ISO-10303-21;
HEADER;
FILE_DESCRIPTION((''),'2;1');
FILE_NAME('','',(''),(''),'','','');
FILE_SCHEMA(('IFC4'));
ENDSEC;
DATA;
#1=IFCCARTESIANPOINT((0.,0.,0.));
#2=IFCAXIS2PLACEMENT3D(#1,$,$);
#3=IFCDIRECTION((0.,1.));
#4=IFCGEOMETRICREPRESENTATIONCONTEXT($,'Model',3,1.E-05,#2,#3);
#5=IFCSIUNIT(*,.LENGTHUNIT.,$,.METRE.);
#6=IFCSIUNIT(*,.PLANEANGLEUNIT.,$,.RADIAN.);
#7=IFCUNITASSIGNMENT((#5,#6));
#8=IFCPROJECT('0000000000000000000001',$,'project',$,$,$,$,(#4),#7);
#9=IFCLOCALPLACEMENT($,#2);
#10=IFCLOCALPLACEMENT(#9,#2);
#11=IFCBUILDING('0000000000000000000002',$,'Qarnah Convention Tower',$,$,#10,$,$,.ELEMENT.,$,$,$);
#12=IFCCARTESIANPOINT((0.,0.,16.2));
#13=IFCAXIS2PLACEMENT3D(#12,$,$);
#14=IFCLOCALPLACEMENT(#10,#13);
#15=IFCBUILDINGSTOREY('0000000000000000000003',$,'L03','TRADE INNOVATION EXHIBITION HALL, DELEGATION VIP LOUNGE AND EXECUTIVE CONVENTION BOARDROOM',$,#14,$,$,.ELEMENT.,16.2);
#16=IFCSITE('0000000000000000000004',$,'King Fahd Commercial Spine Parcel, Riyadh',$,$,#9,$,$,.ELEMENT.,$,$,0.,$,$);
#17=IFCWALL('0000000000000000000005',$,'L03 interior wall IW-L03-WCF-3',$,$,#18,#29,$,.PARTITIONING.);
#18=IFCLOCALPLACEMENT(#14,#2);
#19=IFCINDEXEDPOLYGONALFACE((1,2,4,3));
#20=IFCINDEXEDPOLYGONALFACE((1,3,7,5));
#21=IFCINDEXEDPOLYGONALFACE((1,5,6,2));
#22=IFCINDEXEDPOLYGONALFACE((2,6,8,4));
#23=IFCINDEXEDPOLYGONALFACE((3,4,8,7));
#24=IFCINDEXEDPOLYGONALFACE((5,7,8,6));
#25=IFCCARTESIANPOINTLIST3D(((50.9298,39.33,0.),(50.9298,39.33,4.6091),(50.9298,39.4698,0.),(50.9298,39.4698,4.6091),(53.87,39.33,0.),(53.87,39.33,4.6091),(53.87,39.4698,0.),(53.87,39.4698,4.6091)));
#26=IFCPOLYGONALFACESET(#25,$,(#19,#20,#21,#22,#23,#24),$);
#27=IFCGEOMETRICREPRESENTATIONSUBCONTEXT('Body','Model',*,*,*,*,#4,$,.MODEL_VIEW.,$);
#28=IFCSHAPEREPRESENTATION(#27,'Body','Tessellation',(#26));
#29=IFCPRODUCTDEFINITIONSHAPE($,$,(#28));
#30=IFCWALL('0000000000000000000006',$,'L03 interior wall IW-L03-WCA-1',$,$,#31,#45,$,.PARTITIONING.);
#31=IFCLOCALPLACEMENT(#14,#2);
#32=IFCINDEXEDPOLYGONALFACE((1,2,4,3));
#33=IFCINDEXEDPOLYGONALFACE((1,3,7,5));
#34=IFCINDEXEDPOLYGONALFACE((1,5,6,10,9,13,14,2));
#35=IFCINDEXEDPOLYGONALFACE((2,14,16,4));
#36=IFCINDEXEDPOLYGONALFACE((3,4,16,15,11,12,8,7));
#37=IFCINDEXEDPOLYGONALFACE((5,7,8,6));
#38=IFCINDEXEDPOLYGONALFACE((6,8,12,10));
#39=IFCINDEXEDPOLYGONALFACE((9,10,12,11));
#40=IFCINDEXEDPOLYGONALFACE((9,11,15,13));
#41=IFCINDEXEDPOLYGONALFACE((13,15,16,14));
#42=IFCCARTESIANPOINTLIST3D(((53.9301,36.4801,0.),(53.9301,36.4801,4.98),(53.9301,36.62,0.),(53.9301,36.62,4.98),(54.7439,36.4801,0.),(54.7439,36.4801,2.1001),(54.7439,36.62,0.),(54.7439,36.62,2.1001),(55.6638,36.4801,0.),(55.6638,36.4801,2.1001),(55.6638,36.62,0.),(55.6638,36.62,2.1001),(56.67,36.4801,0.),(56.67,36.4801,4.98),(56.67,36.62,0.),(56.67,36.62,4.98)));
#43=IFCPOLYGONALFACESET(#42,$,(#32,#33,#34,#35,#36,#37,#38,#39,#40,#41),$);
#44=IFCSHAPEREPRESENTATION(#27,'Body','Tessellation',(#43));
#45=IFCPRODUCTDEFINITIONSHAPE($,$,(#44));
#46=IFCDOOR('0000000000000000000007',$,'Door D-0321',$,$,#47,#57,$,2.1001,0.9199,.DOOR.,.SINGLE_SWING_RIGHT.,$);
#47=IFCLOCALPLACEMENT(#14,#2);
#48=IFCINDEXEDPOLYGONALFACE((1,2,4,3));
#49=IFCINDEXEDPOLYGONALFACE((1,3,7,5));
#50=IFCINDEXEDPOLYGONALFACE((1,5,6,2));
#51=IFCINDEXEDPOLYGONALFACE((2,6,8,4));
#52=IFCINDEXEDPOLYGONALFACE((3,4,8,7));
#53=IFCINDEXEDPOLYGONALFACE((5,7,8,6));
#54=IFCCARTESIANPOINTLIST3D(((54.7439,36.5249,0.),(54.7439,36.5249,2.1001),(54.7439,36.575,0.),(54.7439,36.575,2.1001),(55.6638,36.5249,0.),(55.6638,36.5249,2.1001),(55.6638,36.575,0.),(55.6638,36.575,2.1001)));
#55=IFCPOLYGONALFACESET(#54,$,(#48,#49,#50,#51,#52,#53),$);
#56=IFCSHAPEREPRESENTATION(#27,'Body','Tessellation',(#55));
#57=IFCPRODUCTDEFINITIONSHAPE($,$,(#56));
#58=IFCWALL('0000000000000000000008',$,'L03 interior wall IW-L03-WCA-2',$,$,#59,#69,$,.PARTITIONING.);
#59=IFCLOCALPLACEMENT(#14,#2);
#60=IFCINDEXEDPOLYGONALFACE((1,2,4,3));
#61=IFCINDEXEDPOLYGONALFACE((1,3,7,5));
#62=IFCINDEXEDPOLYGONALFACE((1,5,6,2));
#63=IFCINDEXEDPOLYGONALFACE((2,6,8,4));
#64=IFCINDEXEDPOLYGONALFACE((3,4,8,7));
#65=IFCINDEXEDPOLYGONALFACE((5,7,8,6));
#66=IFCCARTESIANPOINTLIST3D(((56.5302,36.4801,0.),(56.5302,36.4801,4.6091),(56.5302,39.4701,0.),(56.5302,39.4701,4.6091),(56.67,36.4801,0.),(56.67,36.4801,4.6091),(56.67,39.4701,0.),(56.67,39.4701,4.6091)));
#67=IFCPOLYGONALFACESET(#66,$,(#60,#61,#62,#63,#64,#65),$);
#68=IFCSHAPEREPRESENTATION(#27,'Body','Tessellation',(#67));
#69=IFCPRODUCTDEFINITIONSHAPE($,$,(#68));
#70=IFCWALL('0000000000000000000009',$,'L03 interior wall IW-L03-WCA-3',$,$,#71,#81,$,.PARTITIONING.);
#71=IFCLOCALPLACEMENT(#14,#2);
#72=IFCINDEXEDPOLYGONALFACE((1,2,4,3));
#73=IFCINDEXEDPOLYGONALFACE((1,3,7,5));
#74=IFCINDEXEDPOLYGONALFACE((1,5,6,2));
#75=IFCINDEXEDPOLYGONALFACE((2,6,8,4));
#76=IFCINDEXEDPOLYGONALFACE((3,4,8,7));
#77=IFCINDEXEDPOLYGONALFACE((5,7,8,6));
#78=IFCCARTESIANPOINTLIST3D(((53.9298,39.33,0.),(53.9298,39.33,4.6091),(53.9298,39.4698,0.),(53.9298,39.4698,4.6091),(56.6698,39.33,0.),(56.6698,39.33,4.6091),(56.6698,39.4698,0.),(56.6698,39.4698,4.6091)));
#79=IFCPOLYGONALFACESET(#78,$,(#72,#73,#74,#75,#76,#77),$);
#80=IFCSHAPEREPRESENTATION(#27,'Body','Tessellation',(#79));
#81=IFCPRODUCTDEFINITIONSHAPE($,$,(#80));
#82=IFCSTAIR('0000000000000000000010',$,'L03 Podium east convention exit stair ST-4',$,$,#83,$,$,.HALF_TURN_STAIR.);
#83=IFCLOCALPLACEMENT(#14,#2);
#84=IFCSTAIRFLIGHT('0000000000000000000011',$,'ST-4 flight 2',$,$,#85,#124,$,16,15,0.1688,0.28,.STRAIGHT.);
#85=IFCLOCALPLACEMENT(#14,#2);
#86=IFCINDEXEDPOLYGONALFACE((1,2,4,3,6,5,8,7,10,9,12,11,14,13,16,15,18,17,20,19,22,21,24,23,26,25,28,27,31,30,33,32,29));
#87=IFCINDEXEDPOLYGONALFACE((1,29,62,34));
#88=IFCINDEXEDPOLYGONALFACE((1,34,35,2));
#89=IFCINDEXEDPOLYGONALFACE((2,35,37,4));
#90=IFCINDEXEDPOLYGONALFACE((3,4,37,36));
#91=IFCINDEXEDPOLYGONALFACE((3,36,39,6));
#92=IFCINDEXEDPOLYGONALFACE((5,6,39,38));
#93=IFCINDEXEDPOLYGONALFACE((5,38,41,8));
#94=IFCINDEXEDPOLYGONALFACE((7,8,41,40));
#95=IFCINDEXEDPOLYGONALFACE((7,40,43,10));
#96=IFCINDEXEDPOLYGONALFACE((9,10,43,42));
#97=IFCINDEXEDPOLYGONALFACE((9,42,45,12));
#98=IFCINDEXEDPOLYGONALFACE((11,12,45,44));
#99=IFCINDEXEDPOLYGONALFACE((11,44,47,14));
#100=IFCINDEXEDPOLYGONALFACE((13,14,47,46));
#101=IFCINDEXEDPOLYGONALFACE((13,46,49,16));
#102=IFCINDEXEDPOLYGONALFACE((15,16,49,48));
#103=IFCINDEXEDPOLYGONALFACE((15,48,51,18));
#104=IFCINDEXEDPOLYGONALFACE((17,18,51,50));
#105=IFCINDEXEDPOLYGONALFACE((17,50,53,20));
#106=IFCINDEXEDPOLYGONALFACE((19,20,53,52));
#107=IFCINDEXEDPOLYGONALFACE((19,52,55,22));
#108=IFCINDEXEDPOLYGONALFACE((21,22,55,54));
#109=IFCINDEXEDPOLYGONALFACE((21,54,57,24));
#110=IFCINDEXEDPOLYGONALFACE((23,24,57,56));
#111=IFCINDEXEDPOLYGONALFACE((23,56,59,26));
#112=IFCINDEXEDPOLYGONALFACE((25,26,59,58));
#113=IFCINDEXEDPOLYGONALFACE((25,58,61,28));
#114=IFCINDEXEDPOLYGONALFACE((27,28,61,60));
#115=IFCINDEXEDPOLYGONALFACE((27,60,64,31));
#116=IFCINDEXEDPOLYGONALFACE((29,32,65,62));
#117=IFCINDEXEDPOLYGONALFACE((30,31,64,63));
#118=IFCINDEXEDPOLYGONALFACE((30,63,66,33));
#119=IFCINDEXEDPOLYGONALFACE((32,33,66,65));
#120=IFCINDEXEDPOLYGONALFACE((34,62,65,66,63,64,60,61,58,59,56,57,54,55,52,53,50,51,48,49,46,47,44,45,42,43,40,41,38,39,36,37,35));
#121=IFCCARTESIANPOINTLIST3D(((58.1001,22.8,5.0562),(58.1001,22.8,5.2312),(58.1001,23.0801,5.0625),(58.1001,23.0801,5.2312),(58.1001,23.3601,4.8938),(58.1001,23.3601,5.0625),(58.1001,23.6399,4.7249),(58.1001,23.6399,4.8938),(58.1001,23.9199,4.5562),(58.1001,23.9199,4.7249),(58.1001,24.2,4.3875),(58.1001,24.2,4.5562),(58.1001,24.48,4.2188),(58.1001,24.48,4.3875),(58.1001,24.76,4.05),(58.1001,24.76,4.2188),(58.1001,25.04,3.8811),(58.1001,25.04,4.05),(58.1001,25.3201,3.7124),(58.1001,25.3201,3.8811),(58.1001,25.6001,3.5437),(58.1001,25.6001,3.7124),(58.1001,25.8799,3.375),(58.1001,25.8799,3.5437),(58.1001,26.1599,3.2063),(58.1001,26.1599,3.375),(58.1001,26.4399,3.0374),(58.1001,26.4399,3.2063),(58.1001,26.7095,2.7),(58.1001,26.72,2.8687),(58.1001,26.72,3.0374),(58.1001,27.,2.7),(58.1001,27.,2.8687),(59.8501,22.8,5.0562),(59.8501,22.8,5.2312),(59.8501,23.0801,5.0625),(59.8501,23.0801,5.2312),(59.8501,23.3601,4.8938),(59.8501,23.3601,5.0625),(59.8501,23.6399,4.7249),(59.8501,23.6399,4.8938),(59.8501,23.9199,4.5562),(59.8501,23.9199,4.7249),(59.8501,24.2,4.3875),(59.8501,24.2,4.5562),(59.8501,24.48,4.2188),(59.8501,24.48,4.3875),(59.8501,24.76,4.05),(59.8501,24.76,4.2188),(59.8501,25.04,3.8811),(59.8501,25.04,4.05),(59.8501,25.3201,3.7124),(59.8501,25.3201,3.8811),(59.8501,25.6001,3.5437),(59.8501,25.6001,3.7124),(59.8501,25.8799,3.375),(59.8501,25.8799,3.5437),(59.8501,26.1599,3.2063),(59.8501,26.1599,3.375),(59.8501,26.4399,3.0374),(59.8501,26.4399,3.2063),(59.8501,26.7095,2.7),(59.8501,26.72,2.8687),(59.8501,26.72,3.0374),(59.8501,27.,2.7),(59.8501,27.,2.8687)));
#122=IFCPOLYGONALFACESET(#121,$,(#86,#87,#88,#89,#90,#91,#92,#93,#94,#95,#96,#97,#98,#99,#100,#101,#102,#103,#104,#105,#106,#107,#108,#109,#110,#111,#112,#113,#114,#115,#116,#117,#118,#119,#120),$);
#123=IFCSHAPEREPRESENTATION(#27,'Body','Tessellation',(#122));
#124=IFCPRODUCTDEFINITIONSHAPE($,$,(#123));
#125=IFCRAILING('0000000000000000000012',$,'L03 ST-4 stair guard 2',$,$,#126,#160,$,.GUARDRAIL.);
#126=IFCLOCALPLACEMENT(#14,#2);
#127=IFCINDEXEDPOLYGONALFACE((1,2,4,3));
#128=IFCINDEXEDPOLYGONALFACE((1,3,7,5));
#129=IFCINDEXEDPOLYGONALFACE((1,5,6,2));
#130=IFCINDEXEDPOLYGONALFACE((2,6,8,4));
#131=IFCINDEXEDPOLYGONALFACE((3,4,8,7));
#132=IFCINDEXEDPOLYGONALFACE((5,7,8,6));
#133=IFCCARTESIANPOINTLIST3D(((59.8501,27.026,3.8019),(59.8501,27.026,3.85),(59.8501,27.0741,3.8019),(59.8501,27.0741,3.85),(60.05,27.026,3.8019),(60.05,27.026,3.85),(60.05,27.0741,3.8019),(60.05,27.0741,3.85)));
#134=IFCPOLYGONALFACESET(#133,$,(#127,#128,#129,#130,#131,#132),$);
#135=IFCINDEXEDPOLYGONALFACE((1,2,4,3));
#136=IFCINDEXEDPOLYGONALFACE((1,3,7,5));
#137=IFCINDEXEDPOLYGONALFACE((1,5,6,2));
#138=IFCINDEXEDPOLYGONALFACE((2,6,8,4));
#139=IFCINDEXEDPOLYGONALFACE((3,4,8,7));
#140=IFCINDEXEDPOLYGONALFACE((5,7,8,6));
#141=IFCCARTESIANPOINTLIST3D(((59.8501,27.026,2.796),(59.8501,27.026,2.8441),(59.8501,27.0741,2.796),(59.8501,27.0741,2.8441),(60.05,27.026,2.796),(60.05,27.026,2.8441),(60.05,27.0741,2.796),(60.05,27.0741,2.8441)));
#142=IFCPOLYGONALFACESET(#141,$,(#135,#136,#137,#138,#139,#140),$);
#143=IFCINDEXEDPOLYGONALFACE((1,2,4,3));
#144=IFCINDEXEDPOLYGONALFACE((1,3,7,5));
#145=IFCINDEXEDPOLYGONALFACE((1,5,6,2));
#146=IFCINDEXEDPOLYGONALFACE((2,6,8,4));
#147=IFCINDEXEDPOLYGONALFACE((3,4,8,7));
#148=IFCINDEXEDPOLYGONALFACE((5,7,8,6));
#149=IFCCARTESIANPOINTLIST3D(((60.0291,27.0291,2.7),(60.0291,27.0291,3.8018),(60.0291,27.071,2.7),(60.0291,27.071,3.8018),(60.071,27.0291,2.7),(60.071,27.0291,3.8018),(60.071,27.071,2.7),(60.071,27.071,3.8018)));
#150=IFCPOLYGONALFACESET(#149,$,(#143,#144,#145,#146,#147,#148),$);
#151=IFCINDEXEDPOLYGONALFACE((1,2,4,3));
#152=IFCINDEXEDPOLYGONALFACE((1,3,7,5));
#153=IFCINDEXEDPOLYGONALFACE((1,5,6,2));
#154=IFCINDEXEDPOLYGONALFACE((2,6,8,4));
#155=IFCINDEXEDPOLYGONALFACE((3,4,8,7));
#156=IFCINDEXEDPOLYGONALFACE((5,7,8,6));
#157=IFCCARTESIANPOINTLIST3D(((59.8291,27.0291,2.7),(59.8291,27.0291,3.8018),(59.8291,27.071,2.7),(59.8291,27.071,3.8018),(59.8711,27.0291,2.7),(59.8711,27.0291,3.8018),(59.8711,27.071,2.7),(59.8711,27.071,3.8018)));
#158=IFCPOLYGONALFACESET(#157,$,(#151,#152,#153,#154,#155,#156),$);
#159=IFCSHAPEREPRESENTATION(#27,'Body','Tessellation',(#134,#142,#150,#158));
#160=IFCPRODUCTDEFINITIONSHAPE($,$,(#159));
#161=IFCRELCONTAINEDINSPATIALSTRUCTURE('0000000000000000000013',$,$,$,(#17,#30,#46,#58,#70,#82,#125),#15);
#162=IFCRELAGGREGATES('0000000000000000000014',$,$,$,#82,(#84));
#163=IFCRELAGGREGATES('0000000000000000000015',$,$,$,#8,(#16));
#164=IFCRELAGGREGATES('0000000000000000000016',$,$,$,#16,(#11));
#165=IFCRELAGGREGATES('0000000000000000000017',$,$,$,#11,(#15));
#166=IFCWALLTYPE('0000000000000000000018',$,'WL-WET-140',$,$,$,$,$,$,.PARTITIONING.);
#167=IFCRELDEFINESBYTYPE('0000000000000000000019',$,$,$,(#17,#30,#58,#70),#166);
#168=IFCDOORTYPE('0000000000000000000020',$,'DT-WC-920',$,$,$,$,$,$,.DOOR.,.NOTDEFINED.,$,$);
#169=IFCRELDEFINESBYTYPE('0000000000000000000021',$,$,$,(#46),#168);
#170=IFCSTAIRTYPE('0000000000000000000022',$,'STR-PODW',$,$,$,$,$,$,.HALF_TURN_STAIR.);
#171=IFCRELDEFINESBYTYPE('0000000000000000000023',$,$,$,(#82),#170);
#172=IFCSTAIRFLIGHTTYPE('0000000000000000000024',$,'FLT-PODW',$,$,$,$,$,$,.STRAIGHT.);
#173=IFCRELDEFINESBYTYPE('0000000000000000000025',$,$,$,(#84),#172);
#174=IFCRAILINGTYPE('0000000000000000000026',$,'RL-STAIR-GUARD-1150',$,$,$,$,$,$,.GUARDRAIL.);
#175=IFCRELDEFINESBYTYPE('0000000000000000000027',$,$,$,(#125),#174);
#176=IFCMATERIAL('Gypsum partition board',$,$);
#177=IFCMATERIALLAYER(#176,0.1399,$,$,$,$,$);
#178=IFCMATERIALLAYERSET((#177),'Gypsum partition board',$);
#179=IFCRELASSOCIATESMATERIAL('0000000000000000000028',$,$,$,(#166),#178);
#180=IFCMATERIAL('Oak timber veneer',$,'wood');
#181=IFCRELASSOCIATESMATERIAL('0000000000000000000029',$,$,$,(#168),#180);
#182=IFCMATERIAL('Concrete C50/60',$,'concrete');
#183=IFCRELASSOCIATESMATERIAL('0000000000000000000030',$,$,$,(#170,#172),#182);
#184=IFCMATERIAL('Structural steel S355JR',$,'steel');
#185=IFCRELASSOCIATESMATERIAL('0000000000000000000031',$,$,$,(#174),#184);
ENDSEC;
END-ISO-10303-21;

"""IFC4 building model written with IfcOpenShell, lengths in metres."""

from ifc_helpers import new_model, si_unit, direction, frame, frame_2d, origin, origin_2d, place, context, subcontext, project, spatial, polyline, rectangle, outline, extrude, material, layer, layer_set, type_object, element, fill, aggregate, save


model = new_model("IFC4")

# Units and contexts
model_context = context("Model", 3, precision=1e-05, world=origin(), true_north=direction((0.0, 1.0)))
body_context = subcontext(model_context, "Body", "Model", "MODEL_VIEW")
ifc_project = project(units=[si_unit("LENGTHUNIT", "METRE"), si_unit("PLANEANGLEUNIT", "RADIAN")], contexts=[model_context])

# Site, building, storey
site_placement = place(None, origin())
site = spatial("IfcSite", under=ifc_project, at=site_placement, Name="King Fahd Commercial Spine Parcel, Riyadh", CompositionType="ELEMENT", RefElevation=0.0)
building_placement = place(site_placement, origin())
building = spatial("IfcBuilding", under=site, at=building_placement, Name="Qarnah Convention Tower", CompositionType="ELEMENT")
storey_placement = place(building_placement, frame((0.0, 0.0, 16.2)))
storey = spatial("IfcBuildingStorey", under=building, at=storey_placement, Name="L03", Description="TRADE INNOVATION EXHIBITION HALL, DELEGATION VIP LOUNGE AND EXECUTIVE CONVENTION BOARDROOM", CompositionType="ELEMENT", Elevation=16.2)

# Shared definitions
ifc_material_1 = material(Name="Structural steel S355JR", Category="steel")

# Shared definitions
ifc_material_2 = material(Name="Gypsum partition board")

# Shared definitions
ifc_material_3 = material(Name="Oak timber veneer", Category="wood")

# Shared definitions
ifc_layer_1 = layer(ifc_material_2, 0.1399)
ifc_layer_set_1 = layer_set([ifc_layer_1], Name="Gypsum partition board")
wall_type_1 = type_object("IfcWallType", Name="WL-WET-140", PredefinedType="PARTITIONING", material=ifc_layer_set_1)

# Shared definitions
door_type_1 = type_object("IfcDoorType", Name="DT-WC-920", OperationType="NOTDEFINED", PredefinedType="DOOR", material=ifc_material_3)

# Wall
wall_1_placement = place(storey_placement, frame((53.8701, 39.3999, 0.0), z_axis=(0.0, 0.0, 1.0), x_axis=(-1.0, 0.0, 0.0)))
element("IfcWall", 1, at=wall_1_placement, inside=storey, type_object=wall_type_1, Name="L03 interior wall IW-L03-WCF-3", PredefinedType="PARTITIONING", context=body_context, shape_type="SweptSolid", body=[
    extrude(rectangle(XDim=2.9402, YDim=0.1399, at=frame_2d((1.4702, 0.0))), origin(), (0.0, 0.0, 1.0), 4.6091),
])

# Wall, opening, door
wall_2_placement = place(storey_placement, frame((53.9299, 36.55, 0.0), z_axis=(0.0, 0.0, 1.0), x_axis=(1.0, 0.0, 0.0)))
wall_2 = element("IfcWall", 2, at=wall_2_placement, inside=storey, type_object=wall_type_1, Name="L03 interior wall IW-L03-WCA-1", PredefinedType="PARTITIONING", context=body_context, shape_type="SweptSolid", body=[
    extrude(rectangle(XDim=2.74, YDim=0.1399, at=frame_2d((1.3701, 0.0))), origin(), (0.0, 0.0, 1.0), 4.98),
])
opening_1_placement = place(wall_2_placement, frame((0.814, 0.0, 0.0)))
opening_1 = element("IfcOpeningElement", 3, at=opening_1_placement, cuts=wall_2, PredefinedType="OPENING", context=body_context, shape_type="SweptSolid", body=[
    extrude(rectangle(XDim=0.9199, YDim=2.1001, at=frame_2d((0.46, 1.05))), frame((0.0, 0.0798, 0.0), z_axis=(0.0, -1.0, 0.0), x_axis=(1.0, 0.0, 0.0)), (0.0, 0.0, 1.0), 0.1599),
])
door_1_placement = place(opening_1_placement, origin())
door_1 = element("IfcDoor", 4, at=door_1_placement, inside=storey, type_object=door_type_1, Name="Door D-0321", OperationType="SINGLE_SWING_RIGHT", OverallHeight=2.1001, OverallWidth=0.9199, PredefinedType="DOOR", context=body_context, shape_type="SweptSolid", body=[
    extrude(rectangle(XDim=0.9199, YDim=2.1001, at=frame_2d((0.46, 1.05))), frame((0.0, 0.0249, 0.0), z_axis=(0.0, -1.0, 0.0), x_axis=(1.0, 0.0, 0.0)), (0.0, 0.0, 1.0), 0.05),
])
fill(opening_1, door_1)

# Walls
wall_3_placement = place(storey_placement, frame((56.6001, 36.48, 0.0), z_axis=(0.0, 0.0, 1.0), x_axis=(0.0, 1.0, 0.0)))
element("IfcWall", 5, at=wall_3_placement, inside=storey, type_object=wall_type_1, Name="L03 interior wall IW-L03-WCA-2", PredefinedType="PARTITIONING", context=body_context, shape_type="SweptSolid", body=[
    extrude(rectangle(XDim=2.99, YDim=0.1399, at=frame_2d((1.4951, 0.0))), origin(), (0.0, 0.0, 1.0), 4.6091),
])
wall_4_placement = place(storey_placement, frame((56.6699, 39.3999, 0.0), z_axis=(0.0, 0.0, 1.0), x_axis=(-1.0, 0.0, 0.0)))
element("IfcWall", 6, at=wall_4_placement, inside=storey, type_object=wall_type_1, Name="L03 interior wall IW-L03-WCA-3", PredefinedType="PARTITIONING", context=body_context, shape_type="SweptSolid", body=[
    extrude(rectangle(XDim=2.74, YDim=0.1399, at=frame_2d((1.3701, 0.0))), origin(), (0.0, 0.0, 1.0), 4.6091),
])

# Stair, stair flight
ifc_material_4 = material(Name="Concrete C50/60", Category="concrete")
stair_type = type_object("IfcStairType", Name="STR-PODW", PredefinedType="HALF_TURN_STAIR", material=ifc_material_4)
stair_placement = place(storey_placement, origin())
stair = element("IfcStair", 7, at=stair_placement, inside=storey, type_object=stair_type, Name="L03 Podium east convention exit stair ST-4", PredefinedType="HALF_TURN_STAIR")
stair_flight_type = type_object("IfcStairFlightType", Name="FLT-PODW", PredefinedType="STRAIGHT", material=ifc_material_4)
stair_flight_placement = place(storey_placement, frame((58.9751, 27.0, 2.7), z_axis=(0.0, 0.0, 1.0), x_axis=(0.0, -1.0, 0.0)))
stair_flight = element("IfcStairFlight", 8, at=stair_flight_placement, type_object=stair_flight_type, Name="ST-4 flight 2", NumberOfRisers=16, NumberOfTreads=15, PredefinedType="STRAIGHT", RiserHeight=0.1688, TreadLength=0.28, context=body_context, shape_type="SweptSolid", body=[
    extrude(outline(polyline([(0.0, 0.0), (0.0, 0.1687), (0.28, 0.1687), (0.28, 0.3374), (0.5601, 0.3374), (0.5601, 0.5063), (0.8401, 0.5063), (0.8401, 0.675), (1.1201, 0.675), (1.1201, 0.8438), (1.3999, 0.8438), (1.3999, 1.0125), (1.6799, 1.0125), (1.6799, 1.1812), (1.96, 1.1812), (1.96, 1.3501), (2.24, 1.3501), (2.24, 1.5188), (2.52, 1.5188), (2.52, 1.6875), (2.8, 1.6875), (2.8, 1.8562), (3.0801, 1.8562), (3.0801, 2.0249), (3.3601, 2.0249), (3.3601, 2.1938), (3.6399, 2.1938), (3.6399, 2.3625), (3.9199, 2.3625), (3.9199, 2.5312), (4.2, 2.5312), (4.2, 2.7), (4.2, 2.3562), (0.2905, 0.0), (0.0, 0.0)])), frame((0.0, 0.875, 0.0), z_axis=(0.0, -1.0, 0.0), x_axis=(1.0, 0.0, 0.0)), (0.0, 0.0, 1.0), 1.75),
])
aggregate(stair, [stair_flight])

# Railing
railing_type = type_object("IfcRailingType", Name="RL-STAIR-GUARD-1150", PredefinedType="GUARDRAIL", material=ifc_material_1)
railing_1_placement = place(storey_placement, frame((60.05, 27.05, 2.7)))
element("IfcRailing", 9, at=railing_1_placement, inside=storey, type_object=railing_type, Name="L03 ST-4 stair guard 2", PredefinedType="GUARDRAIL", context=body_context, shape_type="SweptSolid", body=[
    extrude(rectangle(XDim=0.0481, YDim=0.0481, at=origin_2d()), frame((0.0, 0.0, 1.126), z_axis=(-1.0, 0.0, 0.0), x_axis=(0.0, -1.0, 0.0)), (0.0, 0.0, 1.0), 0.2),
    extrude(rectangle(XDim=0.0481, YDim=0.0481, at=origin_2d()), frame((0.0, 0.0, 0.1201), z_axis=(-1.0, 0.0, 0.0), x_axis=(0.0, -1.0, 0.0)), (0.0, 0.0, 1.0), 0.2),
    extrude(rectangle(XDim=0.042, YDim=0.042, at=origin_2d()), origin(), (0.0, 0.0, 1.0), 1.1018),
    extrude(rectangle(XDim=0.042, YDim=0.042, at=origin_2d()), frame((-0.2, 0.0, 0.0)), (0.0, 0.0, 1.0), 1.1018),
])

save(model, "model.ifc")
